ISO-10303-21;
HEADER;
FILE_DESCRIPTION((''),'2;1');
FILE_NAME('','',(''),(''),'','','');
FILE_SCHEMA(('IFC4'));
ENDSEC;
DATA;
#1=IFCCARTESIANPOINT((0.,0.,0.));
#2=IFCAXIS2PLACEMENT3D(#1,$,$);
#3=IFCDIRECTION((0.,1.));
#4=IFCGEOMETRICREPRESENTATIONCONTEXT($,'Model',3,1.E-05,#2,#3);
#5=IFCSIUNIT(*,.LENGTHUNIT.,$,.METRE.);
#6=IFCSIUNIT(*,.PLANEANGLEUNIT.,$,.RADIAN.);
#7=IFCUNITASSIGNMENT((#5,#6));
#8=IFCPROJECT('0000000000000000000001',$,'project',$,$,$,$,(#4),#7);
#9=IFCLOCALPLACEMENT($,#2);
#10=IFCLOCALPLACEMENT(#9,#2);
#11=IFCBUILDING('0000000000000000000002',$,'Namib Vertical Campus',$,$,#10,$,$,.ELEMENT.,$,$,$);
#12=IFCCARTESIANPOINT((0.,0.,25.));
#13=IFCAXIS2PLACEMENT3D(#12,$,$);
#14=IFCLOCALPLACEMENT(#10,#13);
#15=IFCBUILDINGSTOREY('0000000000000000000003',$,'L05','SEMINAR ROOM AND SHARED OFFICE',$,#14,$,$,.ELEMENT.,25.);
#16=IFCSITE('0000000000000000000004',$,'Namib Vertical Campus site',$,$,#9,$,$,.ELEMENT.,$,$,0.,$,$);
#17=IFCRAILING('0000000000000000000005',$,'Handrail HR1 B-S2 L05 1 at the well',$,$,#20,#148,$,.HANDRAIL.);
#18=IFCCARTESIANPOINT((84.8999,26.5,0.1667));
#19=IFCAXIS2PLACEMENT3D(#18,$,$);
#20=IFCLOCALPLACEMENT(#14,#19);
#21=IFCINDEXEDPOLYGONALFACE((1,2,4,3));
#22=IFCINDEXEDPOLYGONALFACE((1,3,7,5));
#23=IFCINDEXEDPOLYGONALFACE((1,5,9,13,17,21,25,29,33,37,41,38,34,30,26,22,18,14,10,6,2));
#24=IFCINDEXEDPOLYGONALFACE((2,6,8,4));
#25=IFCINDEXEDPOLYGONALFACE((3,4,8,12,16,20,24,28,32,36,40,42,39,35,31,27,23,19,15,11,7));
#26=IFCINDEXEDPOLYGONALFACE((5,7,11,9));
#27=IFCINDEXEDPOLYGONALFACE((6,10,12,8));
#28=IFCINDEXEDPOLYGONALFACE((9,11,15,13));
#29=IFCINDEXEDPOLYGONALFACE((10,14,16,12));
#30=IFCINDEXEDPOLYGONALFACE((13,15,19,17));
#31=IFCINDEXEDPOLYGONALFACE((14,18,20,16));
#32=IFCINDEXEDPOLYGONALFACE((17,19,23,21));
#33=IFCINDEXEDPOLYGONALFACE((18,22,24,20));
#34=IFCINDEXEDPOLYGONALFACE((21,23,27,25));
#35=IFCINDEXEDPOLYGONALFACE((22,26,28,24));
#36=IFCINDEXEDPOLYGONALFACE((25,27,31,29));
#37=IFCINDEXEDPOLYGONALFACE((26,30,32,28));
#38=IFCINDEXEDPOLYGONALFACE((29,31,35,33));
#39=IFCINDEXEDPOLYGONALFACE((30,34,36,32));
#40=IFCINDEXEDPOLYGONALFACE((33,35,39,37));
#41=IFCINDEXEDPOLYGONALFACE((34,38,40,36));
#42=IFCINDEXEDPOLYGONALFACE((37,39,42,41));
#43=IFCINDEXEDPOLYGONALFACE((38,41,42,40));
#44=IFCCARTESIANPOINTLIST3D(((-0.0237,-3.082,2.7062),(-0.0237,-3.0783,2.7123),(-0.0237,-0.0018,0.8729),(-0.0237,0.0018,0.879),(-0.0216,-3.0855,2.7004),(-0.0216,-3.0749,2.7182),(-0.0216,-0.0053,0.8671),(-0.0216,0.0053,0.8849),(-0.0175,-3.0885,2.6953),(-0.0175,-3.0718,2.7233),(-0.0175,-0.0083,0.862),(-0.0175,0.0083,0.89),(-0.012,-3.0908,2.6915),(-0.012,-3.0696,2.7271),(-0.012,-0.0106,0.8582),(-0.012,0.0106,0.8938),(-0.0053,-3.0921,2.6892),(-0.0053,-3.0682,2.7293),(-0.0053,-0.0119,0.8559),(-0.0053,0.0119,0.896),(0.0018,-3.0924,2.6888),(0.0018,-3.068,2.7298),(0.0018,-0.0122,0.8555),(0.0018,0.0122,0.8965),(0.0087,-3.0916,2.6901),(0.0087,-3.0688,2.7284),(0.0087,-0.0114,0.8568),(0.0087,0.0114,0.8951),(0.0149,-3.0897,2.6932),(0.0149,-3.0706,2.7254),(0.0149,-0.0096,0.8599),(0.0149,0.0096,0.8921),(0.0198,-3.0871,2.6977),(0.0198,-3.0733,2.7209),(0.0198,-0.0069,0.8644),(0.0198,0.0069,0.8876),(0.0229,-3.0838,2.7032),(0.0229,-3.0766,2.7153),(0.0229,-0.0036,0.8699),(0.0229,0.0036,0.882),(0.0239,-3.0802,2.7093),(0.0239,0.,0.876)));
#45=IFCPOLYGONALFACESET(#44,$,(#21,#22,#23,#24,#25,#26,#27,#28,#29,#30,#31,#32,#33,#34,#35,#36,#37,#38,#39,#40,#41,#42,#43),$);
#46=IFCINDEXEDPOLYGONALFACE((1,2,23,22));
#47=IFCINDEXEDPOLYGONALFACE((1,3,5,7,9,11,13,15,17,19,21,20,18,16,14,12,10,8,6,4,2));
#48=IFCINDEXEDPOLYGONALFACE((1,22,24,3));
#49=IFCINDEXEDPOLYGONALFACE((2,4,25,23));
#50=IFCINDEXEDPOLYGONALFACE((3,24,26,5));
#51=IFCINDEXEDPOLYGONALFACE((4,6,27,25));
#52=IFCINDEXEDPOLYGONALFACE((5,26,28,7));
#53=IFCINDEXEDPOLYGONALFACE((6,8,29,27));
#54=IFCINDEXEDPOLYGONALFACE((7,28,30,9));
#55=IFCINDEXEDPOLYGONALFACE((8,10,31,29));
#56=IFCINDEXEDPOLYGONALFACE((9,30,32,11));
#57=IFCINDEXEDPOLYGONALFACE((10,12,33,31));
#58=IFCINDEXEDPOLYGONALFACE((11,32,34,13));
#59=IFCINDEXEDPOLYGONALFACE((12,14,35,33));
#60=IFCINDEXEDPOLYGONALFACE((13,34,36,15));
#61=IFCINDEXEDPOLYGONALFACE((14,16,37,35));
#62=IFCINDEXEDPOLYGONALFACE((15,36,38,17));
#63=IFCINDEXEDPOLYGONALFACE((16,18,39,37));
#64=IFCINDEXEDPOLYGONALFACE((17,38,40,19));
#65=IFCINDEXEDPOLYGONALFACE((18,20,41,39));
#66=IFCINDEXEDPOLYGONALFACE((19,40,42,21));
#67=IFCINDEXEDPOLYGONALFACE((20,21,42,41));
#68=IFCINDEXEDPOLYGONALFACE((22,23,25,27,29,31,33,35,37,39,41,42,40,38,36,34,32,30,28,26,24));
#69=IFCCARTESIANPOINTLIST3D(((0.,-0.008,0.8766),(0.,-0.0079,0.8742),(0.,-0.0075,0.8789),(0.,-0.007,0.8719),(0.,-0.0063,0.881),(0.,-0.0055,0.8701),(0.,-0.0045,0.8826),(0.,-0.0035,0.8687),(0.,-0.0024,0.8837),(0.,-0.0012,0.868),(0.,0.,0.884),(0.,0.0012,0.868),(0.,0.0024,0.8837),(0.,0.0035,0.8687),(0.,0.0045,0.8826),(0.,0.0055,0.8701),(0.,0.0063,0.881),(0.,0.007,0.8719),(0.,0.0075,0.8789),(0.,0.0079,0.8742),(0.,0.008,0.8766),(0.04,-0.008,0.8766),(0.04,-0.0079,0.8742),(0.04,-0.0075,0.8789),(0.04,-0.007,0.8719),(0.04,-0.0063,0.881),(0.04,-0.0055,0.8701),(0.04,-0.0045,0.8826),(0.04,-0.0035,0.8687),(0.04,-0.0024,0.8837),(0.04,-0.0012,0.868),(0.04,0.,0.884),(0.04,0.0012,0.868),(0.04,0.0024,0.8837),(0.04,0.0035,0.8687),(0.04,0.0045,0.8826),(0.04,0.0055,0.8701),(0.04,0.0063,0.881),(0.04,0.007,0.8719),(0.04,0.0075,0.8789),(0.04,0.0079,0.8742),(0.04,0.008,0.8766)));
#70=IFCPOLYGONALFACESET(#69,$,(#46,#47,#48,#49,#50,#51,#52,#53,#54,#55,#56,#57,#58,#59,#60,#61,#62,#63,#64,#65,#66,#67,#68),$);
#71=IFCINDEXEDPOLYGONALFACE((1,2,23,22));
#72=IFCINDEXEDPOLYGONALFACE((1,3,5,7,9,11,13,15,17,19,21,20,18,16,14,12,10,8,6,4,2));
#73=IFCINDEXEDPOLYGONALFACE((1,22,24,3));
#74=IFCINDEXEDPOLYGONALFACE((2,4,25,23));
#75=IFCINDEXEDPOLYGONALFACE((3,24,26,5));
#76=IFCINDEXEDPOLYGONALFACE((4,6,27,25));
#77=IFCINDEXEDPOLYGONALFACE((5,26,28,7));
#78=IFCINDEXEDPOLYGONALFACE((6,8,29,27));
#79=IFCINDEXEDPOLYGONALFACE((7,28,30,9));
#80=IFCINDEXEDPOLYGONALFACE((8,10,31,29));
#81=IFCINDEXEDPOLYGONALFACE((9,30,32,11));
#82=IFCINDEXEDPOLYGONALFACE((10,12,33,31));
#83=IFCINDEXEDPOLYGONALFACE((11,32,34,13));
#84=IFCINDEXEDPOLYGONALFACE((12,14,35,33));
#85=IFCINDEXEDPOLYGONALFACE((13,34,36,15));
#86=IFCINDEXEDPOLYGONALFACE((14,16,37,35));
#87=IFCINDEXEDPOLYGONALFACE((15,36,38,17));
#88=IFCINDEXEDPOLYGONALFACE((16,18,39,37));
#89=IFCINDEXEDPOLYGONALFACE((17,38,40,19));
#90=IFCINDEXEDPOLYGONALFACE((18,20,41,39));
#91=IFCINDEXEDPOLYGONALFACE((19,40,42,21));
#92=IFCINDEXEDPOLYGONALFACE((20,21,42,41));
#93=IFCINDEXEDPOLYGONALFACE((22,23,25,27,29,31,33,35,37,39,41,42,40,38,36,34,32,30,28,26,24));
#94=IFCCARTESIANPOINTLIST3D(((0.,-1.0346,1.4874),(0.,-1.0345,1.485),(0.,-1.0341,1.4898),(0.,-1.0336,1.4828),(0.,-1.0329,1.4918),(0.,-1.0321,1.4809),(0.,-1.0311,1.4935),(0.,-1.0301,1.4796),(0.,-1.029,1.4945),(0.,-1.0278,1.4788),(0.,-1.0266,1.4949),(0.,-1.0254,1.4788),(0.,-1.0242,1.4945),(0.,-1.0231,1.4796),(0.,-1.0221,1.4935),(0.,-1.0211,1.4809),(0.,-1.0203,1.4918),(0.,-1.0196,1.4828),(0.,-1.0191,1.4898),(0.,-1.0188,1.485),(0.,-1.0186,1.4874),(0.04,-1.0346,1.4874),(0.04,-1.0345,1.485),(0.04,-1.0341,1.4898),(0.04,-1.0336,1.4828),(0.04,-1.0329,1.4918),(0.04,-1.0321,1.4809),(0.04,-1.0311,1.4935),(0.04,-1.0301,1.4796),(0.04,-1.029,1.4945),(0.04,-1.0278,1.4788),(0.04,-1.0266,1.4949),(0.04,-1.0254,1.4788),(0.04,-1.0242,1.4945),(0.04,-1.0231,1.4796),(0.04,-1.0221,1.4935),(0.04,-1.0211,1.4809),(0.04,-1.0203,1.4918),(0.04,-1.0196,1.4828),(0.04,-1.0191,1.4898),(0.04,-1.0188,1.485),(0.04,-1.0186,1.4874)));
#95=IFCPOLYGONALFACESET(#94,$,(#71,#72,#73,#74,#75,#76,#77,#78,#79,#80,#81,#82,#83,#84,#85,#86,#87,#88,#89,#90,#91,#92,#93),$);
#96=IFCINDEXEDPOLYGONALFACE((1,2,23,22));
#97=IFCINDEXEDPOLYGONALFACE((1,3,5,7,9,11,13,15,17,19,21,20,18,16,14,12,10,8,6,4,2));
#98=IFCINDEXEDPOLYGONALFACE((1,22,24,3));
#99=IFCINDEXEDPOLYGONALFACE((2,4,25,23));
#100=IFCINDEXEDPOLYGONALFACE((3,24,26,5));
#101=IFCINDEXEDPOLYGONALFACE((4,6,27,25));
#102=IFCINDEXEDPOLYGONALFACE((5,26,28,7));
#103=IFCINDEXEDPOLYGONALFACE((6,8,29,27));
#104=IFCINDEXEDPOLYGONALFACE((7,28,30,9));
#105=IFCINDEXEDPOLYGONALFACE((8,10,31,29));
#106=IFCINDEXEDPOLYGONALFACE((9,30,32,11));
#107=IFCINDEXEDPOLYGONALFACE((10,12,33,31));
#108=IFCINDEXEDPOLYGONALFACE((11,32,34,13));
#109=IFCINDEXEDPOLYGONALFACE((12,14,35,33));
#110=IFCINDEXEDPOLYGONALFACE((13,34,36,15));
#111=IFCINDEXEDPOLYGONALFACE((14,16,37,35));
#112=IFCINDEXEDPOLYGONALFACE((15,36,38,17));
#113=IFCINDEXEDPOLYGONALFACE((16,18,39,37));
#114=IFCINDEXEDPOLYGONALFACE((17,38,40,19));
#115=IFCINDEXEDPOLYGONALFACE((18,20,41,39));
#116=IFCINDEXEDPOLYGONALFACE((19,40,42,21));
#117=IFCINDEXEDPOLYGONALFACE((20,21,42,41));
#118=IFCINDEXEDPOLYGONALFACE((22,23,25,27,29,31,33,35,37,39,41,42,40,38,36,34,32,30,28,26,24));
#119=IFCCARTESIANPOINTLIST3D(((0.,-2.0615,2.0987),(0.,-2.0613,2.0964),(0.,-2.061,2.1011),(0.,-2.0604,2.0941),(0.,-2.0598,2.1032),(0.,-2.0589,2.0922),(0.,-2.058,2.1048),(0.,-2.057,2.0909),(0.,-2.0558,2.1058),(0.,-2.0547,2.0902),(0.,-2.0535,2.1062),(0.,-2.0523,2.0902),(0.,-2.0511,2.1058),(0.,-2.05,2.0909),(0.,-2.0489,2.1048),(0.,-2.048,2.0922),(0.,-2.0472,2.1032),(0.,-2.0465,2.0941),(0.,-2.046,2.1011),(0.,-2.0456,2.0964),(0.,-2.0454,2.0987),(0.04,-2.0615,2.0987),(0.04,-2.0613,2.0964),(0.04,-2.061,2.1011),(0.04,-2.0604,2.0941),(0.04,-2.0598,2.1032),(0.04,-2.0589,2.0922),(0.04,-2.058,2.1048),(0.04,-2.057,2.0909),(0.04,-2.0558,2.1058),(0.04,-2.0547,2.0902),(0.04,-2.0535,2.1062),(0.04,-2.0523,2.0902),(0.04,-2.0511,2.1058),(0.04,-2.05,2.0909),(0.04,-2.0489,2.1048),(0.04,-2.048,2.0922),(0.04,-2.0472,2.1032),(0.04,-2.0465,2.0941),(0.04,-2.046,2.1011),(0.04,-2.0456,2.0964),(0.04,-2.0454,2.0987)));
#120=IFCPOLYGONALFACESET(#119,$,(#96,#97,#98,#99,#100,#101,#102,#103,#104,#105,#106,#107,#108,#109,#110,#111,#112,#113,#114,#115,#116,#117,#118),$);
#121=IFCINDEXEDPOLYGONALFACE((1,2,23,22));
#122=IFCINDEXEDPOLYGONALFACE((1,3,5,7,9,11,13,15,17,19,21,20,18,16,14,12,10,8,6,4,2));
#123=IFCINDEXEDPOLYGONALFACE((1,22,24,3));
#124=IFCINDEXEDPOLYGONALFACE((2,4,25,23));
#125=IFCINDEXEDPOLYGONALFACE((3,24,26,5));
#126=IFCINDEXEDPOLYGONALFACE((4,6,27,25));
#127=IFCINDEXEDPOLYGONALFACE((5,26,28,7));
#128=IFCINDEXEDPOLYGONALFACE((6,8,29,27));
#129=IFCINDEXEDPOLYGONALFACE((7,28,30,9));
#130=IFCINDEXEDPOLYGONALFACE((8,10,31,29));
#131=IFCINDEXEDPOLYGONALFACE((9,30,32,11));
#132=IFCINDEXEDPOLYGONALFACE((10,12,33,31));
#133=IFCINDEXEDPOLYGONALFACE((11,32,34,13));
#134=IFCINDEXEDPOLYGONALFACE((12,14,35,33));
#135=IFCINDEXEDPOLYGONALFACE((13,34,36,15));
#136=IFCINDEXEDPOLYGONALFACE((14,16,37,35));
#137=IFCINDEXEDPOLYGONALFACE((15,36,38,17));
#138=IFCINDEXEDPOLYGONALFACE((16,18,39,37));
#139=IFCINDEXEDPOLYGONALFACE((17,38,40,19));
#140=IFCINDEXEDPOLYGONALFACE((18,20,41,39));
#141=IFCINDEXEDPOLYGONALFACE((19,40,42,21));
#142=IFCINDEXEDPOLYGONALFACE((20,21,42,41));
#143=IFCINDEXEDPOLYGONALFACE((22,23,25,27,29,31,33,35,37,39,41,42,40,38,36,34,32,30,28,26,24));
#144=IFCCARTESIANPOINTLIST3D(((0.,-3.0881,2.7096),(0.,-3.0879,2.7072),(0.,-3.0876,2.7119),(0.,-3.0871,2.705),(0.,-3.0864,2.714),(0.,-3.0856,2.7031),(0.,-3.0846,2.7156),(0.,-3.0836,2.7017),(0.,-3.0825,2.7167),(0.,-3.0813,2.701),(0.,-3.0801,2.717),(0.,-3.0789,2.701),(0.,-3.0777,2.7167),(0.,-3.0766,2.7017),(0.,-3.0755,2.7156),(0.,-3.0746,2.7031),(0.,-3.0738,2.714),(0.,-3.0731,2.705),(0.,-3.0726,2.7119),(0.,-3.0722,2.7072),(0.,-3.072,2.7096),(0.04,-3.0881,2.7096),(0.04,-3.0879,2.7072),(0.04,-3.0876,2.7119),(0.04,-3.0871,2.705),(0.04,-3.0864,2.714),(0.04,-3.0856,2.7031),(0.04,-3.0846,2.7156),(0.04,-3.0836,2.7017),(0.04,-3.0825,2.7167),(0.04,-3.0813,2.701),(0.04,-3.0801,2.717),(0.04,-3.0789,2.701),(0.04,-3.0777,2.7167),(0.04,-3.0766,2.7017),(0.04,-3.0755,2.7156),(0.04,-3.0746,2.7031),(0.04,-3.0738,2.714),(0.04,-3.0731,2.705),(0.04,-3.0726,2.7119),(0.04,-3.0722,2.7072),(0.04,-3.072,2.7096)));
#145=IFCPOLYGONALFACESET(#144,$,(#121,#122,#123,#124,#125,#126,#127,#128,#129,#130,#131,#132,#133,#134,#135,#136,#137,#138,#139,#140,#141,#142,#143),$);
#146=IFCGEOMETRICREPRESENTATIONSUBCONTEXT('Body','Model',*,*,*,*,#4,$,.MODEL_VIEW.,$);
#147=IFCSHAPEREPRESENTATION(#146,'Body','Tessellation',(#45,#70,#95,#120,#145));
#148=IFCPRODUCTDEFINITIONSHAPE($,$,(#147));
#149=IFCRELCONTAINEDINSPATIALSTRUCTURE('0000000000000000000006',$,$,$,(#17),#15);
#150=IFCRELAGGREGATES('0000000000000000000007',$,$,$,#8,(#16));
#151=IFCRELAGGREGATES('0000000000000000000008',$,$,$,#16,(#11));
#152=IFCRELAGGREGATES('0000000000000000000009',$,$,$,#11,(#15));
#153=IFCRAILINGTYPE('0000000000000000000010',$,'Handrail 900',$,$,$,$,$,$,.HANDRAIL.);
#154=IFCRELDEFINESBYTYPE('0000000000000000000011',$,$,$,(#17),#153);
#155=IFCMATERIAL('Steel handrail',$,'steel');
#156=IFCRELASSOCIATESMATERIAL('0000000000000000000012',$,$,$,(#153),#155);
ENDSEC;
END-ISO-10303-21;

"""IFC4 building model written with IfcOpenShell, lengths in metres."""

from ifc_helpers import new_model, si_unit, direction, frame, origin, origin_2d, place, context, subcontext, project, spatial, circle, extrude, material, type_object, element, save


model = new_model("IFC4")

# Units and contexts
model_context = context("Model", 3, precision=1e-05, world=origin(), true_north=direction((0.0, 1.0)))
body_context = subcontext(model_context, "Body", "Model", "MODEL_VIEW")
ifc_project = project(units=[si_unit("LENGTHUNIT", "METRE"), si_unit("PLANEANGLEUNIT", "RADIAN")], contexts=[model_context])

# Site, building, storey
site_placement = place(None, origin())
site = spatial("IfcSite", under=ifc_project, at=site_placement, Name="Namib Vertical Campus site", CompositionType="ELEMENT", RefElevation=0.0)
building_placement = place(site_placement, origin())
building = spatial("IfcBuilding", under=site, at=building_placement, Name="Namib Vertical Campus", CompositionType="ELEMENT")
storey_placement = place(building_placement, frame((0.0, 0.0, 25.0)))
storey = spatial("IfcBuildingStorey", under=building, at=storey_placement, Name="L05", Description="SEMINAR ROOM AND SHARED OFFICE", CompositionType="ELEMENT", Elevation=25.0)

# Railing
ifc_material_1 = material(Name="Steel handrail", Category="steel")
railing_type_1 = type_object("IfcRailingType", Name="Handrail 900", PredefinedType="HANDRAIL", material=ifc_material_1)
railing_1_placement = place(storey_placement, frame((84.8999, 26.5, 0.1667)))
element("IfcRailing", 1, at=railing_1_placement, inside=storey, type_object=railing_type_1, Name="Handrail HR1 B-S2 L05 1 at the well", PredefinedType="HANDRAIL", context=body_context, shape_type="SweptSolid", body=[
    extrude(circle(Radius=0.0239, at=origin_2d()), frame((0.0, 0.0, 0.876), z_axis=(0.0, -0.859309, 0.511458), x_axis=(1.0, 0.0, 0.0)), (0.0, 0.0, 1.0), 3.5845),
    extrude(circle(Radius=0.0081, at=origin_2d()), frame((0.0, 0.0, 0.876), z_axis=(1.0, 0.0, 0.0), x_axis=(0.0, 0.0, 1.0)), (0.0, 0.0, 1.0), 0.04),
    extrude(circle(Radius=0.0081, at=origin_2d()), frame((0.0, -1.0266, 1.4868), z_axis=(1.0, 0.0, 0.0), x_axis=(0.0, 0.0, 1.0)), (0.0, 0.0, 1.0), 0.04),
    extrude(circle(Radius=0.0081, at=origin_2d()), frame((0.0, -2.0535, 2.0981), z_axis=(1.0, 0.0, 0.0), x_axis=(0.0, 0.0, 1.0)), (0.0, 0.0, 1.0), 0.04),
    extrude(circle(Radius=0.0081, at=origin_2d()), frame((0.0, -3.0801, 2.709), z_axis=(1.0, 0.0, 0.0), x_axis=(0.0, 0.0, 1.0)), (0.0, 0.0, 1.0), 0.04),
])

save(model, "model.ifc")
